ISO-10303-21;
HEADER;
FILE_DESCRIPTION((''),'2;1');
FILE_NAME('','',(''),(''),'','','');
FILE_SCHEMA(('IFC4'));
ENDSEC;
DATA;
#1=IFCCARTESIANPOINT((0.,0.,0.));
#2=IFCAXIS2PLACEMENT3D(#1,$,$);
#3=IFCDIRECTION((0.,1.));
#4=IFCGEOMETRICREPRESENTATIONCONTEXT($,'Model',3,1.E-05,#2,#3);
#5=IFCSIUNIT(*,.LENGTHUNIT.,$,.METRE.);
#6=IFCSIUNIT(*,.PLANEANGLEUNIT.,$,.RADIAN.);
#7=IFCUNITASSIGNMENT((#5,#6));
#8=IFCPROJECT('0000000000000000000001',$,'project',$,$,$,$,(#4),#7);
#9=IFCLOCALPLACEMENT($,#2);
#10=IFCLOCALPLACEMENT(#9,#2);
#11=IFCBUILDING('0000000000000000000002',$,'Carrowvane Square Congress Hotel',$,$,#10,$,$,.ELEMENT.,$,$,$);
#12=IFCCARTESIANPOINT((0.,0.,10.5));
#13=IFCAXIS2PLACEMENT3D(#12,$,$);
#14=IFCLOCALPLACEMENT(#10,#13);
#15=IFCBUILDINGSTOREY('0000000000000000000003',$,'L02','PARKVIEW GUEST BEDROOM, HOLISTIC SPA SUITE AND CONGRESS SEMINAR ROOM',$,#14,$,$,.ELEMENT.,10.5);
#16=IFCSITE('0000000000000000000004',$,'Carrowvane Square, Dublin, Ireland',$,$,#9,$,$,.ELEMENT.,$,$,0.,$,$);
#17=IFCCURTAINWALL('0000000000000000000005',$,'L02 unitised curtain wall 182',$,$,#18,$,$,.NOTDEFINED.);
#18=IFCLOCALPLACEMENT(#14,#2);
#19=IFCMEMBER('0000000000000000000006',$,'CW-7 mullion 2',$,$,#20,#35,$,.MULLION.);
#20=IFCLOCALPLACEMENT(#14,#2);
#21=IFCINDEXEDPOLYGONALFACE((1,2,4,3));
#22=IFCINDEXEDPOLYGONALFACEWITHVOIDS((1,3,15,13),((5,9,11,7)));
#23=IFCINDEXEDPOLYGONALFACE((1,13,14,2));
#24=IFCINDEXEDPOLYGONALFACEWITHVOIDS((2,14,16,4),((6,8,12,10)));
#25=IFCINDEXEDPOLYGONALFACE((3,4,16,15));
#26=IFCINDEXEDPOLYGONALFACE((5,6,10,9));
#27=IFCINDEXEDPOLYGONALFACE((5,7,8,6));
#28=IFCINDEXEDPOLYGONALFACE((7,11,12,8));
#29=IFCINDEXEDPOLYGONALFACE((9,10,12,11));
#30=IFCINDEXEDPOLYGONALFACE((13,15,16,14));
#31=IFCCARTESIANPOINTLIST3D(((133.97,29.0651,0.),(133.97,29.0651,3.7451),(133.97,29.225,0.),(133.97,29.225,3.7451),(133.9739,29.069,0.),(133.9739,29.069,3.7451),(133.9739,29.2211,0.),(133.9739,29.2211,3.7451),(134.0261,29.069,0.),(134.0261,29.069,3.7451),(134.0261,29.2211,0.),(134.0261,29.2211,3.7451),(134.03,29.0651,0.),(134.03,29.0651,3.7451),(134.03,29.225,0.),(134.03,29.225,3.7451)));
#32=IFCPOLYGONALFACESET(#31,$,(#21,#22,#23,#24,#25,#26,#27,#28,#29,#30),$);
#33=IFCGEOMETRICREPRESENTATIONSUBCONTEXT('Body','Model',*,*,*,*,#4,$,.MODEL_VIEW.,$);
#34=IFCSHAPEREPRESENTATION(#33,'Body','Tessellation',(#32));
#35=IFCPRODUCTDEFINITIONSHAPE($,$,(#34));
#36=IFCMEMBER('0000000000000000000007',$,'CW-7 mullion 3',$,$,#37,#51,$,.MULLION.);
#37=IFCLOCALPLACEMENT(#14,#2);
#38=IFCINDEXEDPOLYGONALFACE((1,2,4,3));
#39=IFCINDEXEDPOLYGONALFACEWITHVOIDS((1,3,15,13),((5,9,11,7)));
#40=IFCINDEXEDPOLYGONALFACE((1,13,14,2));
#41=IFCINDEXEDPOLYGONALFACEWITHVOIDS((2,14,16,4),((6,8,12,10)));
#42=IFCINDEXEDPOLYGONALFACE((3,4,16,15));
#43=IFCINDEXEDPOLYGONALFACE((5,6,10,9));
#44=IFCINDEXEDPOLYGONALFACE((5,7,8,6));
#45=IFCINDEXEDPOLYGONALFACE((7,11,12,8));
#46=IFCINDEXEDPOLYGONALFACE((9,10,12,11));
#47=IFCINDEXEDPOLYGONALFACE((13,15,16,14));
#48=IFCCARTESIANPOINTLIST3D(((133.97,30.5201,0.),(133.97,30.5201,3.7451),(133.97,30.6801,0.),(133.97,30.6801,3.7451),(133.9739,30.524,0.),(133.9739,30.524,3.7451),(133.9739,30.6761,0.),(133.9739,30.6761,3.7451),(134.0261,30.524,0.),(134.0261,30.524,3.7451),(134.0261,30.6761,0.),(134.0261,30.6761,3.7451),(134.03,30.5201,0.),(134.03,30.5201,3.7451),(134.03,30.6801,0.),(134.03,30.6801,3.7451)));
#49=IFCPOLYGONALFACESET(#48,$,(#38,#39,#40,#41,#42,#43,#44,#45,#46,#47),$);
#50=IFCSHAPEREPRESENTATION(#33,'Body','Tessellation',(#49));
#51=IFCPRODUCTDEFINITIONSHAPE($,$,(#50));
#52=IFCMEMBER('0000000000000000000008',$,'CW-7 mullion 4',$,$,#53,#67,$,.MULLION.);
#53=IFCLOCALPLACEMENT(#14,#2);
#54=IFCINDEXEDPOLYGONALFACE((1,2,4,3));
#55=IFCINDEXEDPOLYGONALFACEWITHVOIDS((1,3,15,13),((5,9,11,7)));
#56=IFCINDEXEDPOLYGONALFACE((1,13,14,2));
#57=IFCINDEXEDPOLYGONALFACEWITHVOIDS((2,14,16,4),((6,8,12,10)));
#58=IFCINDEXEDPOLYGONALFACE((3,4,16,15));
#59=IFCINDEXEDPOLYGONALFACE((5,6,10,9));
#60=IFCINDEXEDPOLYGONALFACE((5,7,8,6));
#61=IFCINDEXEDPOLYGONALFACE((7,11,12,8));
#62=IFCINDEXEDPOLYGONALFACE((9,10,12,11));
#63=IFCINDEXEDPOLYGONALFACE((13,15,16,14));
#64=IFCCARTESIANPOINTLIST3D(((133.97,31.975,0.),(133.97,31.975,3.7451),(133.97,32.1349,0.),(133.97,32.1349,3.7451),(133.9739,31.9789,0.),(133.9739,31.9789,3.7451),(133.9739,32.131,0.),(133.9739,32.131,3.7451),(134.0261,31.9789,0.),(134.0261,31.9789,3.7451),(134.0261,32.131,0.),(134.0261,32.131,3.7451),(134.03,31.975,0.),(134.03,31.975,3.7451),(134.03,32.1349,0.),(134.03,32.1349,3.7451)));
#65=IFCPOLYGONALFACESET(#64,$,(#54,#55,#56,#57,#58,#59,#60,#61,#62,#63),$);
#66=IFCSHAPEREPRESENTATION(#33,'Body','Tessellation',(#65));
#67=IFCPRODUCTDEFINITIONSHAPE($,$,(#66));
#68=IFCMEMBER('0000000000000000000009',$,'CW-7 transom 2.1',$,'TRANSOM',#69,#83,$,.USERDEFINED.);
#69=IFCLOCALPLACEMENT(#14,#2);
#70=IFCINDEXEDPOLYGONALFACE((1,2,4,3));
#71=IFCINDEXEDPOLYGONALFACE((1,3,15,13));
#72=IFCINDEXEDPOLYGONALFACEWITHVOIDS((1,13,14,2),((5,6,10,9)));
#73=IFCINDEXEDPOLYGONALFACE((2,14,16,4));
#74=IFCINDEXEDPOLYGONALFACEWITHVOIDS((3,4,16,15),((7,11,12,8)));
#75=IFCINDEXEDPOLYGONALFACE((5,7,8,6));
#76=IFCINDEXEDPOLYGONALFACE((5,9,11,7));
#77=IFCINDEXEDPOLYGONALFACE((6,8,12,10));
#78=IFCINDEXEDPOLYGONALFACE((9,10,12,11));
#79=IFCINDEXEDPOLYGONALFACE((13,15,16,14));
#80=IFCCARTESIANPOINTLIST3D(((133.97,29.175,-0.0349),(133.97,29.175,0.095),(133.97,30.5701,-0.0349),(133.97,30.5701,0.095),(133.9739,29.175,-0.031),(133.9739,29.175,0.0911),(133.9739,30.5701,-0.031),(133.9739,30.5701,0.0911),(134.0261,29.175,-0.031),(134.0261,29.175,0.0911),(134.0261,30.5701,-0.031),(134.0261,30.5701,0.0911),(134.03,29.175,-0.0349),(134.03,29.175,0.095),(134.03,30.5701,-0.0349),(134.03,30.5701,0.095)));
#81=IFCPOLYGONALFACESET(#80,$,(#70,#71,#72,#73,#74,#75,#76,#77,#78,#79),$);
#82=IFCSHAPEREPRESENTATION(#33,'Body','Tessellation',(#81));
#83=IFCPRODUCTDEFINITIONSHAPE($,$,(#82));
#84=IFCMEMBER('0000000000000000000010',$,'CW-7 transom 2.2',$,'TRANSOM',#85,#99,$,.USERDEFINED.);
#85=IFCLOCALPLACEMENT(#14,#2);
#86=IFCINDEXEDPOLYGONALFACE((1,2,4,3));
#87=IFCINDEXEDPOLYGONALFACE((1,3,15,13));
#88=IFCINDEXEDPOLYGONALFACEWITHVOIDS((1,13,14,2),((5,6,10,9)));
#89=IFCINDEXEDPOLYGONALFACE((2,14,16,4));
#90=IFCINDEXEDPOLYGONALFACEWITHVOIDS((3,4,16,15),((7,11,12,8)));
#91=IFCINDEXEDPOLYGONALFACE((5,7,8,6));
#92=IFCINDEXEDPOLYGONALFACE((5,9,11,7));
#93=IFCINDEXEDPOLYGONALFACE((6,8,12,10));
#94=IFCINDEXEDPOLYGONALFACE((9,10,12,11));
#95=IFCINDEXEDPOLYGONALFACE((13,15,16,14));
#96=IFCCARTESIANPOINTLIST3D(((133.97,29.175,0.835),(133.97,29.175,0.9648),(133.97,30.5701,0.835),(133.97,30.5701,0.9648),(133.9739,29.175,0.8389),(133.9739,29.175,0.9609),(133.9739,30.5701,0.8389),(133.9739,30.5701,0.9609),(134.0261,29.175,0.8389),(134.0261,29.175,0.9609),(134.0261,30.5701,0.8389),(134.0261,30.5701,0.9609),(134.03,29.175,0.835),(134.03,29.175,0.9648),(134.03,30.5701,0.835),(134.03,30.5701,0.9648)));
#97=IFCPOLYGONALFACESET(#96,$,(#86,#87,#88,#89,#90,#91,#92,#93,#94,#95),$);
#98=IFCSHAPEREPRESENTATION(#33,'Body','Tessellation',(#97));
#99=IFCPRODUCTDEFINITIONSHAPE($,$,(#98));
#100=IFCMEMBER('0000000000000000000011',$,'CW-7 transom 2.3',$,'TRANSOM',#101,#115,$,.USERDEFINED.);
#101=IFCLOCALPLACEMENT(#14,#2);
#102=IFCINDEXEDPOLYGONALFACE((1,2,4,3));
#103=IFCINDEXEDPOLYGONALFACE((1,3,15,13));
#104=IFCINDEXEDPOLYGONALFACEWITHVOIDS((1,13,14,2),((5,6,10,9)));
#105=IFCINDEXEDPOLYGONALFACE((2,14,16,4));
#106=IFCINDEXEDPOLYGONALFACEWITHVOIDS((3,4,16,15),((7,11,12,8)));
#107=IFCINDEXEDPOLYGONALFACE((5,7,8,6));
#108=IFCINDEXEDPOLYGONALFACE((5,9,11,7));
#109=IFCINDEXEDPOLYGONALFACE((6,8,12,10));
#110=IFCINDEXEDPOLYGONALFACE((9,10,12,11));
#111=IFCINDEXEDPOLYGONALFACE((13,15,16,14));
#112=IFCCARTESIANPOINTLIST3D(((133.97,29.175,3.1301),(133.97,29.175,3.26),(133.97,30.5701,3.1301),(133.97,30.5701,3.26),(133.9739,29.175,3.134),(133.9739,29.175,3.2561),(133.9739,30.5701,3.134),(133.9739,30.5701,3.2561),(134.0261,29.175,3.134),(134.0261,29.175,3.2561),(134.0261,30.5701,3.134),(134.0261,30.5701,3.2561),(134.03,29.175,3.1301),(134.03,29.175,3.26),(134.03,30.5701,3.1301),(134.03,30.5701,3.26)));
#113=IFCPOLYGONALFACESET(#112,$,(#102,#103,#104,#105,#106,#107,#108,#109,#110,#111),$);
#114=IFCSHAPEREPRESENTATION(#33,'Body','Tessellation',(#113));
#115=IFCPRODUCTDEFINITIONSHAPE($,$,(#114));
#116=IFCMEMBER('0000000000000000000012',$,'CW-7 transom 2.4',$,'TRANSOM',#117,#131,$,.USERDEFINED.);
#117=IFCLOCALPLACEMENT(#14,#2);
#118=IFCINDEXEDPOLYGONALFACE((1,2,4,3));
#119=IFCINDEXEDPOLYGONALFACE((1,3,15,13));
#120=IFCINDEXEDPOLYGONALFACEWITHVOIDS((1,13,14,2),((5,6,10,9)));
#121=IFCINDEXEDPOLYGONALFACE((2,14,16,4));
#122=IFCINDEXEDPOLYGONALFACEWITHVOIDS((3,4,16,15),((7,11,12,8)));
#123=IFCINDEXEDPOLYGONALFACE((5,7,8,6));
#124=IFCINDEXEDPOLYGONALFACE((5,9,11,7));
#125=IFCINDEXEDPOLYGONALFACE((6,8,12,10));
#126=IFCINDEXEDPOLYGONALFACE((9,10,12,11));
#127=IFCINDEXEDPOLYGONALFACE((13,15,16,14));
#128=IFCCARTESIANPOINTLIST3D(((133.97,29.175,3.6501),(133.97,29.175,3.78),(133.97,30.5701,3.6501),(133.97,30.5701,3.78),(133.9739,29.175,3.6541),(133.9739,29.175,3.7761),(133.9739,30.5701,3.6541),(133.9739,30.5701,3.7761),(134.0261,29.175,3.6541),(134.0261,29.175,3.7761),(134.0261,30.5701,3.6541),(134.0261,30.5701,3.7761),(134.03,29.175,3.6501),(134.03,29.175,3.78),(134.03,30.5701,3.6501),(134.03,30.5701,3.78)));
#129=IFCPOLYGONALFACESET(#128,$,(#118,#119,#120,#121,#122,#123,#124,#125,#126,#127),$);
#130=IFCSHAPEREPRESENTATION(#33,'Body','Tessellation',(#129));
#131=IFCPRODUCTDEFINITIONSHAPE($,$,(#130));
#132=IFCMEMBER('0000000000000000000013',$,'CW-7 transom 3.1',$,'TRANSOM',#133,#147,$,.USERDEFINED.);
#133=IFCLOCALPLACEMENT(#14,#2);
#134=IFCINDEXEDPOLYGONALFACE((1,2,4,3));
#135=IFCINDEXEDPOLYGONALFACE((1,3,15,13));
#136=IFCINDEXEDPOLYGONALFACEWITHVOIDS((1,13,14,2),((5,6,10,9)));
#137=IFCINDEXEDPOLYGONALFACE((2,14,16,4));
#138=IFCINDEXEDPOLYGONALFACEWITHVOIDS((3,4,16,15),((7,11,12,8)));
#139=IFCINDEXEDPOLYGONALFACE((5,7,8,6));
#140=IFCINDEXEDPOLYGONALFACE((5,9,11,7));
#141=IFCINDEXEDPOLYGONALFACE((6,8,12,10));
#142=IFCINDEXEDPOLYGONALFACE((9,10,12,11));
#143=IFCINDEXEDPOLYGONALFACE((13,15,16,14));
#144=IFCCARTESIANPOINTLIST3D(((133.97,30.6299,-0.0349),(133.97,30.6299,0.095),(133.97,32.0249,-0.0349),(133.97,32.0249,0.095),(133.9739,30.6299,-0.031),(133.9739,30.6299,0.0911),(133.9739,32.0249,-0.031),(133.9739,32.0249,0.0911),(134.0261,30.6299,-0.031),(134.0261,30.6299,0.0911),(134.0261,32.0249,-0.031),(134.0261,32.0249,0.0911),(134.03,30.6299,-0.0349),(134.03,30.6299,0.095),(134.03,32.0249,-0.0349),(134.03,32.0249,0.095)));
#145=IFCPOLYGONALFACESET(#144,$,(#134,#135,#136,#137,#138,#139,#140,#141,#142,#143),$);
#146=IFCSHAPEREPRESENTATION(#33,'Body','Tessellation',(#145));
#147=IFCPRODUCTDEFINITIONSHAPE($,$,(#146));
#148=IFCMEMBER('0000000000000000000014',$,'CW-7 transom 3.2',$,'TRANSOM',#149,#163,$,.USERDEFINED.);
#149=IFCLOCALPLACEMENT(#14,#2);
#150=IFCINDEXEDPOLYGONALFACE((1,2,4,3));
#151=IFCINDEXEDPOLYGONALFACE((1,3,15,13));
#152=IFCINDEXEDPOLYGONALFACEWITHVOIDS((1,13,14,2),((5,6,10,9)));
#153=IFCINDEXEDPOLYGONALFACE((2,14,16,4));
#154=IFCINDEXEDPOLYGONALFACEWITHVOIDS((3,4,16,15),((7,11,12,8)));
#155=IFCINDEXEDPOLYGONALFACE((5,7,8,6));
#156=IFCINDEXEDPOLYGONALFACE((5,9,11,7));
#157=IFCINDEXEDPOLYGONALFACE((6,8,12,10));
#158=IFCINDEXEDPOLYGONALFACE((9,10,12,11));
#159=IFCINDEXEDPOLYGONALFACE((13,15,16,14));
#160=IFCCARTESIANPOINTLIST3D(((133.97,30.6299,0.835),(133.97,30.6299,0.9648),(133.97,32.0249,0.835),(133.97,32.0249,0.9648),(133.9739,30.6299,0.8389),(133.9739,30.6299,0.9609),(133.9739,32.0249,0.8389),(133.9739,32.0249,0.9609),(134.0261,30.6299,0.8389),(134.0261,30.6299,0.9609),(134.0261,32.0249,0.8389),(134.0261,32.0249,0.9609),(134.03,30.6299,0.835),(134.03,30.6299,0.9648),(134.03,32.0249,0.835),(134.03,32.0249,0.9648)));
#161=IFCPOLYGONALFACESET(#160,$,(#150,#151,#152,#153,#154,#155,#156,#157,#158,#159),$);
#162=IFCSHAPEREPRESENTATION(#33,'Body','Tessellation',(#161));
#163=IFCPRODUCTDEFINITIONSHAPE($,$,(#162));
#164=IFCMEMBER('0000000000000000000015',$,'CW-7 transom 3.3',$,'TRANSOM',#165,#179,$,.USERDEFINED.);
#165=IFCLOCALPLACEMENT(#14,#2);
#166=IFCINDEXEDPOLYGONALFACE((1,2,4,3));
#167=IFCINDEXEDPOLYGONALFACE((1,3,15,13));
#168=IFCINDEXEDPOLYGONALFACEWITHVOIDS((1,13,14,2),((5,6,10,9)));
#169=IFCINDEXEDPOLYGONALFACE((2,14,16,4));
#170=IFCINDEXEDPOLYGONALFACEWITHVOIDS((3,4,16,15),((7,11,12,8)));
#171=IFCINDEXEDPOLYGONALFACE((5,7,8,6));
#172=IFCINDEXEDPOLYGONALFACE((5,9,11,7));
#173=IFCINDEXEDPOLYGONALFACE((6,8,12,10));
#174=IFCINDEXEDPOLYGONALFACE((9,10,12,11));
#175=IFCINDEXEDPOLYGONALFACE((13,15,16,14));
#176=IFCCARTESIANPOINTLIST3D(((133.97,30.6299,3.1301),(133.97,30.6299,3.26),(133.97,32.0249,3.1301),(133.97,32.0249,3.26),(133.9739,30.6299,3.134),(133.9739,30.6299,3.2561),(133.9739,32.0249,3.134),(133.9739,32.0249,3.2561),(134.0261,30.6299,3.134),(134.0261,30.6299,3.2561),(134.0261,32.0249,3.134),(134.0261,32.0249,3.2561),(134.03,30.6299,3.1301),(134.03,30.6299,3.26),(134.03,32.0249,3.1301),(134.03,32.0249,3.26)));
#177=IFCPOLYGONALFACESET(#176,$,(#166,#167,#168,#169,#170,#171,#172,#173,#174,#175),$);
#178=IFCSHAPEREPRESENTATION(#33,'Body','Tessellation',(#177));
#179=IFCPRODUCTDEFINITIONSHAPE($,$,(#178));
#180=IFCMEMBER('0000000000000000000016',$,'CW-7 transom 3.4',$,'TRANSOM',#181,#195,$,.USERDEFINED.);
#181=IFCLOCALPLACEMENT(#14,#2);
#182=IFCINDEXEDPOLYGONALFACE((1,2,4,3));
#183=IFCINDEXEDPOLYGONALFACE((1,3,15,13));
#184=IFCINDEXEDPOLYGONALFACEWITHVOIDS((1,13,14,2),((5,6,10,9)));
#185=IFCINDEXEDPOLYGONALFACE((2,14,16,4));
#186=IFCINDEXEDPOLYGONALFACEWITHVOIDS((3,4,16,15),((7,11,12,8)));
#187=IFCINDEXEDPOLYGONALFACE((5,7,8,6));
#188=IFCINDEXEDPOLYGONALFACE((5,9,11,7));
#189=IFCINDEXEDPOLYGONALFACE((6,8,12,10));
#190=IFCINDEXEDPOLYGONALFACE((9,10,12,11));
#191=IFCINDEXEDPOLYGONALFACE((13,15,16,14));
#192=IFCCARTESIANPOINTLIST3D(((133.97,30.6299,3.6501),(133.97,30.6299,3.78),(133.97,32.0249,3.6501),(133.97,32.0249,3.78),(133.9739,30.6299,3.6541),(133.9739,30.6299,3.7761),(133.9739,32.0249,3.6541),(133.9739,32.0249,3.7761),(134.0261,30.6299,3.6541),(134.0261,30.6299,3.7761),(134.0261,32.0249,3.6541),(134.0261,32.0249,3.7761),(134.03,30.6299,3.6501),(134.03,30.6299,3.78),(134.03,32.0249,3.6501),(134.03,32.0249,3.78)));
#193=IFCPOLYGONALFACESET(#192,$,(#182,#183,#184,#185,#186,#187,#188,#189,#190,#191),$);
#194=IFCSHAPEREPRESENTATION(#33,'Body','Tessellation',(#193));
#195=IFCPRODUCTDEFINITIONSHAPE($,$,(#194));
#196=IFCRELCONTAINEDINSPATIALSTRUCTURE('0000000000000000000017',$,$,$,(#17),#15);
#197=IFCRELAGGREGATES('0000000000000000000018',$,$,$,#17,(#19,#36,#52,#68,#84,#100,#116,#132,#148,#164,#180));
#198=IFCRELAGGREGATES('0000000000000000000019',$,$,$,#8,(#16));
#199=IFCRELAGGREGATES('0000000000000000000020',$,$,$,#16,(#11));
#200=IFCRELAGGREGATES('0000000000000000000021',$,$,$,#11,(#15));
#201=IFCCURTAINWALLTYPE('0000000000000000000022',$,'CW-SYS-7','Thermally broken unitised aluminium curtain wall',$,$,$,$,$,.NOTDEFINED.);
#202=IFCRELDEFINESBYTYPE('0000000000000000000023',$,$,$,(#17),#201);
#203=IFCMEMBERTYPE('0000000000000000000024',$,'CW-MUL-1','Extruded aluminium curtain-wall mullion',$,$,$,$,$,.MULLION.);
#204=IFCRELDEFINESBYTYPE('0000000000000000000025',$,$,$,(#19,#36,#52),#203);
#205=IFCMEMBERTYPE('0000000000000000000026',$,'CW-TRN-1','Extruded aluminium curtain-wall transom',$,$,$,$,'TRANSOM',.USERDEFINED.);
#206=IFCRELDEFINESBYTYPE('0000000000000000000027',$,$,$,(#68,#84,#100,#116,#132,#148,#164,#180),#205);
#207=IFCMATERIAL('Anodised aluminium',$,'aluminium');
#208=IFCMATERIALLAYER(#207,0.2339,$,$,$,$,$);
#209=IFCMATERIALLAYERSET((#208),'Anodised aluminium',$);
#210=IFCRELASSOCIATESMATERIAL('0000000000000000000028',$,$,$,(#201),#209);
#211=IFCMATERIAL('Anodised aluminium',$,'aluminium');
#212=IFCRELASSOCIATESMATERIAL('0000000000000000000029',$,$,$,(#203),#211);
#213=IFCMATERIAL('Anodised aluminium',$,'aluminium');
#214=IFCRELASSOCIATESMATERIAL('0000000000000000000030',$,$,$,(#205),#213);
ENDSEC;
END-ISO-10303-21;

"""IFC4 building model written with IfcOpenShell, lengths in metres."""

from ifc_helpers import new_model, si_unit, direction, frame, origin, origin_2d, place, context, subcontext, project, spatial, hollow_rectangle, extrude, material, layer, layer_set, material_profile, profile_set, type_object, element, aggregate, save


model = new_model("IFC4")

# Units and contexts
model_context = context("Model", 3, precision=1e-05, world=origin(), true_north=direction((0.0, 1.0)))
body_context = subcontext(model_context, "Body", "Model", "MODEL_VIEW")
ifc_project = project(units=[si_unit("LENGTHUNIT", "METRE"), si_unit("PLANEANGLEUNIT", "RADIAN")], contexts=[model_context])

# Site, building, storey
site_placement = place(None, origin())
site = spatial("IfcSite", under=ifc_project, at=site_placement, Name="Carrowvane Square, Dublin, Ireland", CompositionType="ELEMENT", RefElevation=0.0)
building_placement = place(site_placement, origin())
building = spatial("IfcBuilding", under=site, at=building_placement, Name="Carrowvane Square Congress Hotel", CompositionType="ELEMENT")
storey_placement = place(building_placement, frame((0.0, 0.0, 10.5)))
storey = spatial("IfcBuildingStorey", under=building, at=storey_placement, Name="L02", Description="PARKVIEW GUEST BEDROOM, HOLISTIC SPA SUITE AND CONGRESS SEMINAR ROOM", CompositionType="ELEMENT", Elevation=10.5)

# Curtain wall, members
ifc_material_1 = material(Name="Anodised aluminium", Category="aluminium")
ifc_layer_1 = layer(ifc_material_1, 0.2339)
ifc_layer_set_1 = layer_set([ifc_layer_1], Name="Anodised aluminium")
curtain_wall_type = type_object("IfcCurtainWallType", Name="CW-SYS-7", Description="Thermally broken unitised aluminium curtain wall", PredefinedType="NOTDEFINED", material=ifc_layer_set_1)
curtain_wall_placement = place(storey_placement, origin())
curtain_wall = element("IfcCurtainWall", 1, at=curtain_wall_placement, inside=storey, type_object=curtain_wall_type, Name="L02 unitised curtain wall 182", PredefinedType="NOTDEFINED")
ifc_material_2 = material(Name="Anodised aluminium", Category="aluminium")
ifc_material_profile_1 = material_profile(ifc_material_2, hollow_rectangle(XDim=0.0601, YDim=0.1599, WallThickness=0.0039, at=origin_2d()), Name="CW-ML 60x160x4")
ifc_profile_set_1 = profile_set([ifc_material_profile_1], Name="Anodised aluminium")
member_type_1 = type_object("IfcMemberType", Name="CW-MUL-1", Description="Extruded aluminium curtain-wall mullion", PredefinedType="MULLION", material=ifc_profile_set_1)
member_1_placement = place(storey_placement, frame((134.0, 29.145, 0.0), z_axis=(0.0, 0.0, 1.0), x_axis=(-1.0, 0.0, 0.0)))
member_1 = element("IfcMember", 2, at=member_1_placement, type_object=member_type_1, Name="CW-7 mullion 2", PredefinedType="MULLION", context=body_context, shape_type="SweptSolid", body=[
    extrude(hollow_rectangle(XDim=0.0601, YDim=0.1599, WallThickness=0.0039, at=origin_2d()), origin(), (0.0, 0.0, 1.0), 3.7451),
])
member_2_placement = place(storey_placement, frame((134.0, 30.6001, 0.0), z_axis=(0.0, 0.0, 1.0), x_axis=(-1.0, 0.0, 0.0)))
member_2 = element("IfcMember", 3, at=member_2_placement, type_object=member_type_1, Name="CW-7 mullion 3", PredefinedType="MULLION", context=body_context, shape_type="SweptSolid", body=[
    extrude(hollow_rectangle(XDim=0.0601, YDim=0.1599, WallThickness=0.0039, at=origin_2d()), origin(), (0.0, 0.0, 1.0), 3.7451),
])
member_3_placement = place(storey_placement, frame((134.0, 32.0549, 0.0), z_axis=(0.0, 0.0, 1.0), x_axis=(-1.0, 0.0, 0.0)))
member_3 = element("IfcMember", 4, at=member_3_placement, type_object=member_type_1, Name="CW-7 mullion 4", PredefinedType="MULLION", context=body_context, shape_type="SweptSolid", body=[
    extrude(hollow_rectangle(XDim=0.0601, YDim=0.1599, WallThickness=0.0039, at=origin_2d()), origin(), (0.0, 0.0, 1.0), 3.7451),
])
ifc_material_3 = material(Name="Anodised aluminium", Category="aluminium")
ifc_material_profile_2 = material_profile(ifc_material_3, hollow_rectangle(XDim=0.0601, YDim=0.1299, WallThickness=0.0039, at=origin_2d()), Name="CW-TR 60x130x4")
ifc_profile_set_2 = profile_set([ifc_material_profile_2], Name="Anodised aluminium")
member_type_2 = type_object("IfcMemberType", Name="CW-TRN-1", Description="Extruded aluminium curtain-wall transom", ElementType="TRANSOM", PredefinedType="USERDEFINED", material=ifc_profile_set_2)
member_4_placement = place(storey_placement, frame((134.0, 29.175, 0.03), z_axis=(0.0, 1.0, 0.0), x_axis=(-1.0, 0.0, 0.0)))
member_4 = element("IfcMember", 5, at=member_4_placement, type_object=member_type_2, Name="CW-7 transom 2.1", ObjectType="TRANSOM", PredefinedType="USERDEFINED", context=body_context, shape_type="SweptSolid", body=[
    extrude(hollow_rectangle(XDim=0.0601, YDim=0.1299, WallThickness=0.0039, at=origin_2d()), origin(), (0.0, 0.0, 1.0), 1.395),
])
member_5_placement = place(storey_placement, frame((134.0, 29.175, 0.8999), z_axis=(0.0, 1.0, 0.0), x_axis=(-1.0, 0.0, 0.0)))
member_5 = element("IfcMember", 6, at=member_5_placement, type_object=member_type_2, Name="CW-7 transom 2.2", ObjectType="TRANSOM", PredefinedType="USERDEFINED", context=body_context, shape_type="SweptSolid", body=[
    extrude(hollow_rectangle(XDim=0.0601, YDim=0.1299, WallThickness=0.0039, at=origin_2d()), origin(), (0.0, 0.0, 1.0), 1.395),
])
member_6_placement = place(storey_placement, frame((134.0, 29.175, 3.1951), z_axis=(0.0, 1.0, 0.0), x_axis=(-1.0, 0.0, 0.0)))
member_6 = element("IfcMember", 7, at=member_6_placement, type_object=member_type_2, Name="CW-7 transom 2.3", ObjectType="TRANSOM", PredefinedType="USERDEFINED", context=body_context, shape_type="SweptSolid", body=[
    extrude(hollow_rectangle(XDim=0.0601, YDim=0.1299, WallThickness=0.0039, at=origin_2d()), origin(), (0.0, 0.0, 1.0), 1.395),
])
member_7_placement = place(storey_placement, frame((134.0, 29.175, 3.7151), z_axis=(0.0, 1.0, 0.0), x_axis=(-1.0, 0.0, 0.0)))
member_7 = element("IfcMember", 8, at=member_7_placement, type_object=member_type_2, Name="CW-7 transom 2.4", ObjectType="TRANSOM", PredefinedType="USERDEFINED", context=body_context, shape_type="SweptSolid", body=[
    extrude(hollow_rectangle(XDim=0.0601, YDim=0.1299, WallThickness=0.0039, at=origin_2d()), origin(), (0.0, 0.0, 1.0), 1.395),
])
member_8_placement = place(storey_placement, frame((134.0, 30.6299, 0.03), z_axis=(0.0, 1.0, 0.0), x_axis=(-1.0, 0.0, 0.0)))
member_8 = element("IfcMember", 9, at=member_8_placement, type_object=member_type_2, Name="CW-7 transom 3.1", ObjectType="TRANSOM", PredefinedType="USERDEFINED", context=body_context, shape_type="SweptSolid", body=[
    extrude(hollow_rectangle(XDim=0.0601, YDim=0.1299, WallThickness=0.0039, at=origin_2d()), origin(), (0.0, 0.0, 1.0), 1.395),
])
member_9_placement = place(storey_placement, frame((134.0, 30.6299, 0.8999), z_axis=(0.0, 1.0, 0.0), x_axis=(-1.0, 0.0, 0.0)))
member_9 = element("IfcMember", 10, at=member_9_placement, type_object=member_type_2, Name="CW-7 transom 3.2", ObjectType="TRANSOM", PredefinedType="USERDEFINED", context=body_context, shape_type="SweptSolid", body=[
    extrude(hollow_rectangle(XDim=0.0601, YDim=0.1299, WallThickness=0.0039, at=origin_2d()), origin(), (0.0, 0.0, 1.0), 1.395),
])
member_10_placement = place(storey_placement, frame((134.0, 30.6299, 3.1951), z_axis=(0.0, 1.0, 0.0), x_axis=(-1.0, 0.0, 0.0)))
member_10 = element("IfcMember", 11, at=member_10_placement, type_object=member_type_2, Name="CW-7 transom 3.3", ObjectType="TRANSOM", PredefinedType="USERDEFINED", context=body_context, shape_type="SweptSolid", body=[
    extrude(hollow_rectangle(XDim=0.0601, YDim=0.1299, WallThickness=0.0039, at=origin_2d()), origin(), (0.0, 0.0, 1.0), 1.395),
])
member_11_placement = place(storey_placement, frame((134.0, 30.6299, 3.7151), z_axis=(0.0, 1.0, 0.0), x_axis=(-1.0, 0.0, 0.0)))
member_11 = element("IfcMember", 12, at=member_11_placement, type_object=member_type_2, Name="CW-7 transom 3.4", ObjectType="TRANSOM", PredefinedType="USERDEFINED", context=body_context, shape_type="SweptSolid", body=[
    extrude(hollow_rectangle(XDim=0.0601, YDim=0.1299, WallThickness=0.0039, at=origin_2d()), origin(), (0.0, 0.0, 1.0), 1.395),
])
aggregate(curtain_wall, [member_1, member_2, member_3, member_4, member_5, member_6, member_7, member_8, member_9, member_10, member_11])

save(model, "model.ifc")
